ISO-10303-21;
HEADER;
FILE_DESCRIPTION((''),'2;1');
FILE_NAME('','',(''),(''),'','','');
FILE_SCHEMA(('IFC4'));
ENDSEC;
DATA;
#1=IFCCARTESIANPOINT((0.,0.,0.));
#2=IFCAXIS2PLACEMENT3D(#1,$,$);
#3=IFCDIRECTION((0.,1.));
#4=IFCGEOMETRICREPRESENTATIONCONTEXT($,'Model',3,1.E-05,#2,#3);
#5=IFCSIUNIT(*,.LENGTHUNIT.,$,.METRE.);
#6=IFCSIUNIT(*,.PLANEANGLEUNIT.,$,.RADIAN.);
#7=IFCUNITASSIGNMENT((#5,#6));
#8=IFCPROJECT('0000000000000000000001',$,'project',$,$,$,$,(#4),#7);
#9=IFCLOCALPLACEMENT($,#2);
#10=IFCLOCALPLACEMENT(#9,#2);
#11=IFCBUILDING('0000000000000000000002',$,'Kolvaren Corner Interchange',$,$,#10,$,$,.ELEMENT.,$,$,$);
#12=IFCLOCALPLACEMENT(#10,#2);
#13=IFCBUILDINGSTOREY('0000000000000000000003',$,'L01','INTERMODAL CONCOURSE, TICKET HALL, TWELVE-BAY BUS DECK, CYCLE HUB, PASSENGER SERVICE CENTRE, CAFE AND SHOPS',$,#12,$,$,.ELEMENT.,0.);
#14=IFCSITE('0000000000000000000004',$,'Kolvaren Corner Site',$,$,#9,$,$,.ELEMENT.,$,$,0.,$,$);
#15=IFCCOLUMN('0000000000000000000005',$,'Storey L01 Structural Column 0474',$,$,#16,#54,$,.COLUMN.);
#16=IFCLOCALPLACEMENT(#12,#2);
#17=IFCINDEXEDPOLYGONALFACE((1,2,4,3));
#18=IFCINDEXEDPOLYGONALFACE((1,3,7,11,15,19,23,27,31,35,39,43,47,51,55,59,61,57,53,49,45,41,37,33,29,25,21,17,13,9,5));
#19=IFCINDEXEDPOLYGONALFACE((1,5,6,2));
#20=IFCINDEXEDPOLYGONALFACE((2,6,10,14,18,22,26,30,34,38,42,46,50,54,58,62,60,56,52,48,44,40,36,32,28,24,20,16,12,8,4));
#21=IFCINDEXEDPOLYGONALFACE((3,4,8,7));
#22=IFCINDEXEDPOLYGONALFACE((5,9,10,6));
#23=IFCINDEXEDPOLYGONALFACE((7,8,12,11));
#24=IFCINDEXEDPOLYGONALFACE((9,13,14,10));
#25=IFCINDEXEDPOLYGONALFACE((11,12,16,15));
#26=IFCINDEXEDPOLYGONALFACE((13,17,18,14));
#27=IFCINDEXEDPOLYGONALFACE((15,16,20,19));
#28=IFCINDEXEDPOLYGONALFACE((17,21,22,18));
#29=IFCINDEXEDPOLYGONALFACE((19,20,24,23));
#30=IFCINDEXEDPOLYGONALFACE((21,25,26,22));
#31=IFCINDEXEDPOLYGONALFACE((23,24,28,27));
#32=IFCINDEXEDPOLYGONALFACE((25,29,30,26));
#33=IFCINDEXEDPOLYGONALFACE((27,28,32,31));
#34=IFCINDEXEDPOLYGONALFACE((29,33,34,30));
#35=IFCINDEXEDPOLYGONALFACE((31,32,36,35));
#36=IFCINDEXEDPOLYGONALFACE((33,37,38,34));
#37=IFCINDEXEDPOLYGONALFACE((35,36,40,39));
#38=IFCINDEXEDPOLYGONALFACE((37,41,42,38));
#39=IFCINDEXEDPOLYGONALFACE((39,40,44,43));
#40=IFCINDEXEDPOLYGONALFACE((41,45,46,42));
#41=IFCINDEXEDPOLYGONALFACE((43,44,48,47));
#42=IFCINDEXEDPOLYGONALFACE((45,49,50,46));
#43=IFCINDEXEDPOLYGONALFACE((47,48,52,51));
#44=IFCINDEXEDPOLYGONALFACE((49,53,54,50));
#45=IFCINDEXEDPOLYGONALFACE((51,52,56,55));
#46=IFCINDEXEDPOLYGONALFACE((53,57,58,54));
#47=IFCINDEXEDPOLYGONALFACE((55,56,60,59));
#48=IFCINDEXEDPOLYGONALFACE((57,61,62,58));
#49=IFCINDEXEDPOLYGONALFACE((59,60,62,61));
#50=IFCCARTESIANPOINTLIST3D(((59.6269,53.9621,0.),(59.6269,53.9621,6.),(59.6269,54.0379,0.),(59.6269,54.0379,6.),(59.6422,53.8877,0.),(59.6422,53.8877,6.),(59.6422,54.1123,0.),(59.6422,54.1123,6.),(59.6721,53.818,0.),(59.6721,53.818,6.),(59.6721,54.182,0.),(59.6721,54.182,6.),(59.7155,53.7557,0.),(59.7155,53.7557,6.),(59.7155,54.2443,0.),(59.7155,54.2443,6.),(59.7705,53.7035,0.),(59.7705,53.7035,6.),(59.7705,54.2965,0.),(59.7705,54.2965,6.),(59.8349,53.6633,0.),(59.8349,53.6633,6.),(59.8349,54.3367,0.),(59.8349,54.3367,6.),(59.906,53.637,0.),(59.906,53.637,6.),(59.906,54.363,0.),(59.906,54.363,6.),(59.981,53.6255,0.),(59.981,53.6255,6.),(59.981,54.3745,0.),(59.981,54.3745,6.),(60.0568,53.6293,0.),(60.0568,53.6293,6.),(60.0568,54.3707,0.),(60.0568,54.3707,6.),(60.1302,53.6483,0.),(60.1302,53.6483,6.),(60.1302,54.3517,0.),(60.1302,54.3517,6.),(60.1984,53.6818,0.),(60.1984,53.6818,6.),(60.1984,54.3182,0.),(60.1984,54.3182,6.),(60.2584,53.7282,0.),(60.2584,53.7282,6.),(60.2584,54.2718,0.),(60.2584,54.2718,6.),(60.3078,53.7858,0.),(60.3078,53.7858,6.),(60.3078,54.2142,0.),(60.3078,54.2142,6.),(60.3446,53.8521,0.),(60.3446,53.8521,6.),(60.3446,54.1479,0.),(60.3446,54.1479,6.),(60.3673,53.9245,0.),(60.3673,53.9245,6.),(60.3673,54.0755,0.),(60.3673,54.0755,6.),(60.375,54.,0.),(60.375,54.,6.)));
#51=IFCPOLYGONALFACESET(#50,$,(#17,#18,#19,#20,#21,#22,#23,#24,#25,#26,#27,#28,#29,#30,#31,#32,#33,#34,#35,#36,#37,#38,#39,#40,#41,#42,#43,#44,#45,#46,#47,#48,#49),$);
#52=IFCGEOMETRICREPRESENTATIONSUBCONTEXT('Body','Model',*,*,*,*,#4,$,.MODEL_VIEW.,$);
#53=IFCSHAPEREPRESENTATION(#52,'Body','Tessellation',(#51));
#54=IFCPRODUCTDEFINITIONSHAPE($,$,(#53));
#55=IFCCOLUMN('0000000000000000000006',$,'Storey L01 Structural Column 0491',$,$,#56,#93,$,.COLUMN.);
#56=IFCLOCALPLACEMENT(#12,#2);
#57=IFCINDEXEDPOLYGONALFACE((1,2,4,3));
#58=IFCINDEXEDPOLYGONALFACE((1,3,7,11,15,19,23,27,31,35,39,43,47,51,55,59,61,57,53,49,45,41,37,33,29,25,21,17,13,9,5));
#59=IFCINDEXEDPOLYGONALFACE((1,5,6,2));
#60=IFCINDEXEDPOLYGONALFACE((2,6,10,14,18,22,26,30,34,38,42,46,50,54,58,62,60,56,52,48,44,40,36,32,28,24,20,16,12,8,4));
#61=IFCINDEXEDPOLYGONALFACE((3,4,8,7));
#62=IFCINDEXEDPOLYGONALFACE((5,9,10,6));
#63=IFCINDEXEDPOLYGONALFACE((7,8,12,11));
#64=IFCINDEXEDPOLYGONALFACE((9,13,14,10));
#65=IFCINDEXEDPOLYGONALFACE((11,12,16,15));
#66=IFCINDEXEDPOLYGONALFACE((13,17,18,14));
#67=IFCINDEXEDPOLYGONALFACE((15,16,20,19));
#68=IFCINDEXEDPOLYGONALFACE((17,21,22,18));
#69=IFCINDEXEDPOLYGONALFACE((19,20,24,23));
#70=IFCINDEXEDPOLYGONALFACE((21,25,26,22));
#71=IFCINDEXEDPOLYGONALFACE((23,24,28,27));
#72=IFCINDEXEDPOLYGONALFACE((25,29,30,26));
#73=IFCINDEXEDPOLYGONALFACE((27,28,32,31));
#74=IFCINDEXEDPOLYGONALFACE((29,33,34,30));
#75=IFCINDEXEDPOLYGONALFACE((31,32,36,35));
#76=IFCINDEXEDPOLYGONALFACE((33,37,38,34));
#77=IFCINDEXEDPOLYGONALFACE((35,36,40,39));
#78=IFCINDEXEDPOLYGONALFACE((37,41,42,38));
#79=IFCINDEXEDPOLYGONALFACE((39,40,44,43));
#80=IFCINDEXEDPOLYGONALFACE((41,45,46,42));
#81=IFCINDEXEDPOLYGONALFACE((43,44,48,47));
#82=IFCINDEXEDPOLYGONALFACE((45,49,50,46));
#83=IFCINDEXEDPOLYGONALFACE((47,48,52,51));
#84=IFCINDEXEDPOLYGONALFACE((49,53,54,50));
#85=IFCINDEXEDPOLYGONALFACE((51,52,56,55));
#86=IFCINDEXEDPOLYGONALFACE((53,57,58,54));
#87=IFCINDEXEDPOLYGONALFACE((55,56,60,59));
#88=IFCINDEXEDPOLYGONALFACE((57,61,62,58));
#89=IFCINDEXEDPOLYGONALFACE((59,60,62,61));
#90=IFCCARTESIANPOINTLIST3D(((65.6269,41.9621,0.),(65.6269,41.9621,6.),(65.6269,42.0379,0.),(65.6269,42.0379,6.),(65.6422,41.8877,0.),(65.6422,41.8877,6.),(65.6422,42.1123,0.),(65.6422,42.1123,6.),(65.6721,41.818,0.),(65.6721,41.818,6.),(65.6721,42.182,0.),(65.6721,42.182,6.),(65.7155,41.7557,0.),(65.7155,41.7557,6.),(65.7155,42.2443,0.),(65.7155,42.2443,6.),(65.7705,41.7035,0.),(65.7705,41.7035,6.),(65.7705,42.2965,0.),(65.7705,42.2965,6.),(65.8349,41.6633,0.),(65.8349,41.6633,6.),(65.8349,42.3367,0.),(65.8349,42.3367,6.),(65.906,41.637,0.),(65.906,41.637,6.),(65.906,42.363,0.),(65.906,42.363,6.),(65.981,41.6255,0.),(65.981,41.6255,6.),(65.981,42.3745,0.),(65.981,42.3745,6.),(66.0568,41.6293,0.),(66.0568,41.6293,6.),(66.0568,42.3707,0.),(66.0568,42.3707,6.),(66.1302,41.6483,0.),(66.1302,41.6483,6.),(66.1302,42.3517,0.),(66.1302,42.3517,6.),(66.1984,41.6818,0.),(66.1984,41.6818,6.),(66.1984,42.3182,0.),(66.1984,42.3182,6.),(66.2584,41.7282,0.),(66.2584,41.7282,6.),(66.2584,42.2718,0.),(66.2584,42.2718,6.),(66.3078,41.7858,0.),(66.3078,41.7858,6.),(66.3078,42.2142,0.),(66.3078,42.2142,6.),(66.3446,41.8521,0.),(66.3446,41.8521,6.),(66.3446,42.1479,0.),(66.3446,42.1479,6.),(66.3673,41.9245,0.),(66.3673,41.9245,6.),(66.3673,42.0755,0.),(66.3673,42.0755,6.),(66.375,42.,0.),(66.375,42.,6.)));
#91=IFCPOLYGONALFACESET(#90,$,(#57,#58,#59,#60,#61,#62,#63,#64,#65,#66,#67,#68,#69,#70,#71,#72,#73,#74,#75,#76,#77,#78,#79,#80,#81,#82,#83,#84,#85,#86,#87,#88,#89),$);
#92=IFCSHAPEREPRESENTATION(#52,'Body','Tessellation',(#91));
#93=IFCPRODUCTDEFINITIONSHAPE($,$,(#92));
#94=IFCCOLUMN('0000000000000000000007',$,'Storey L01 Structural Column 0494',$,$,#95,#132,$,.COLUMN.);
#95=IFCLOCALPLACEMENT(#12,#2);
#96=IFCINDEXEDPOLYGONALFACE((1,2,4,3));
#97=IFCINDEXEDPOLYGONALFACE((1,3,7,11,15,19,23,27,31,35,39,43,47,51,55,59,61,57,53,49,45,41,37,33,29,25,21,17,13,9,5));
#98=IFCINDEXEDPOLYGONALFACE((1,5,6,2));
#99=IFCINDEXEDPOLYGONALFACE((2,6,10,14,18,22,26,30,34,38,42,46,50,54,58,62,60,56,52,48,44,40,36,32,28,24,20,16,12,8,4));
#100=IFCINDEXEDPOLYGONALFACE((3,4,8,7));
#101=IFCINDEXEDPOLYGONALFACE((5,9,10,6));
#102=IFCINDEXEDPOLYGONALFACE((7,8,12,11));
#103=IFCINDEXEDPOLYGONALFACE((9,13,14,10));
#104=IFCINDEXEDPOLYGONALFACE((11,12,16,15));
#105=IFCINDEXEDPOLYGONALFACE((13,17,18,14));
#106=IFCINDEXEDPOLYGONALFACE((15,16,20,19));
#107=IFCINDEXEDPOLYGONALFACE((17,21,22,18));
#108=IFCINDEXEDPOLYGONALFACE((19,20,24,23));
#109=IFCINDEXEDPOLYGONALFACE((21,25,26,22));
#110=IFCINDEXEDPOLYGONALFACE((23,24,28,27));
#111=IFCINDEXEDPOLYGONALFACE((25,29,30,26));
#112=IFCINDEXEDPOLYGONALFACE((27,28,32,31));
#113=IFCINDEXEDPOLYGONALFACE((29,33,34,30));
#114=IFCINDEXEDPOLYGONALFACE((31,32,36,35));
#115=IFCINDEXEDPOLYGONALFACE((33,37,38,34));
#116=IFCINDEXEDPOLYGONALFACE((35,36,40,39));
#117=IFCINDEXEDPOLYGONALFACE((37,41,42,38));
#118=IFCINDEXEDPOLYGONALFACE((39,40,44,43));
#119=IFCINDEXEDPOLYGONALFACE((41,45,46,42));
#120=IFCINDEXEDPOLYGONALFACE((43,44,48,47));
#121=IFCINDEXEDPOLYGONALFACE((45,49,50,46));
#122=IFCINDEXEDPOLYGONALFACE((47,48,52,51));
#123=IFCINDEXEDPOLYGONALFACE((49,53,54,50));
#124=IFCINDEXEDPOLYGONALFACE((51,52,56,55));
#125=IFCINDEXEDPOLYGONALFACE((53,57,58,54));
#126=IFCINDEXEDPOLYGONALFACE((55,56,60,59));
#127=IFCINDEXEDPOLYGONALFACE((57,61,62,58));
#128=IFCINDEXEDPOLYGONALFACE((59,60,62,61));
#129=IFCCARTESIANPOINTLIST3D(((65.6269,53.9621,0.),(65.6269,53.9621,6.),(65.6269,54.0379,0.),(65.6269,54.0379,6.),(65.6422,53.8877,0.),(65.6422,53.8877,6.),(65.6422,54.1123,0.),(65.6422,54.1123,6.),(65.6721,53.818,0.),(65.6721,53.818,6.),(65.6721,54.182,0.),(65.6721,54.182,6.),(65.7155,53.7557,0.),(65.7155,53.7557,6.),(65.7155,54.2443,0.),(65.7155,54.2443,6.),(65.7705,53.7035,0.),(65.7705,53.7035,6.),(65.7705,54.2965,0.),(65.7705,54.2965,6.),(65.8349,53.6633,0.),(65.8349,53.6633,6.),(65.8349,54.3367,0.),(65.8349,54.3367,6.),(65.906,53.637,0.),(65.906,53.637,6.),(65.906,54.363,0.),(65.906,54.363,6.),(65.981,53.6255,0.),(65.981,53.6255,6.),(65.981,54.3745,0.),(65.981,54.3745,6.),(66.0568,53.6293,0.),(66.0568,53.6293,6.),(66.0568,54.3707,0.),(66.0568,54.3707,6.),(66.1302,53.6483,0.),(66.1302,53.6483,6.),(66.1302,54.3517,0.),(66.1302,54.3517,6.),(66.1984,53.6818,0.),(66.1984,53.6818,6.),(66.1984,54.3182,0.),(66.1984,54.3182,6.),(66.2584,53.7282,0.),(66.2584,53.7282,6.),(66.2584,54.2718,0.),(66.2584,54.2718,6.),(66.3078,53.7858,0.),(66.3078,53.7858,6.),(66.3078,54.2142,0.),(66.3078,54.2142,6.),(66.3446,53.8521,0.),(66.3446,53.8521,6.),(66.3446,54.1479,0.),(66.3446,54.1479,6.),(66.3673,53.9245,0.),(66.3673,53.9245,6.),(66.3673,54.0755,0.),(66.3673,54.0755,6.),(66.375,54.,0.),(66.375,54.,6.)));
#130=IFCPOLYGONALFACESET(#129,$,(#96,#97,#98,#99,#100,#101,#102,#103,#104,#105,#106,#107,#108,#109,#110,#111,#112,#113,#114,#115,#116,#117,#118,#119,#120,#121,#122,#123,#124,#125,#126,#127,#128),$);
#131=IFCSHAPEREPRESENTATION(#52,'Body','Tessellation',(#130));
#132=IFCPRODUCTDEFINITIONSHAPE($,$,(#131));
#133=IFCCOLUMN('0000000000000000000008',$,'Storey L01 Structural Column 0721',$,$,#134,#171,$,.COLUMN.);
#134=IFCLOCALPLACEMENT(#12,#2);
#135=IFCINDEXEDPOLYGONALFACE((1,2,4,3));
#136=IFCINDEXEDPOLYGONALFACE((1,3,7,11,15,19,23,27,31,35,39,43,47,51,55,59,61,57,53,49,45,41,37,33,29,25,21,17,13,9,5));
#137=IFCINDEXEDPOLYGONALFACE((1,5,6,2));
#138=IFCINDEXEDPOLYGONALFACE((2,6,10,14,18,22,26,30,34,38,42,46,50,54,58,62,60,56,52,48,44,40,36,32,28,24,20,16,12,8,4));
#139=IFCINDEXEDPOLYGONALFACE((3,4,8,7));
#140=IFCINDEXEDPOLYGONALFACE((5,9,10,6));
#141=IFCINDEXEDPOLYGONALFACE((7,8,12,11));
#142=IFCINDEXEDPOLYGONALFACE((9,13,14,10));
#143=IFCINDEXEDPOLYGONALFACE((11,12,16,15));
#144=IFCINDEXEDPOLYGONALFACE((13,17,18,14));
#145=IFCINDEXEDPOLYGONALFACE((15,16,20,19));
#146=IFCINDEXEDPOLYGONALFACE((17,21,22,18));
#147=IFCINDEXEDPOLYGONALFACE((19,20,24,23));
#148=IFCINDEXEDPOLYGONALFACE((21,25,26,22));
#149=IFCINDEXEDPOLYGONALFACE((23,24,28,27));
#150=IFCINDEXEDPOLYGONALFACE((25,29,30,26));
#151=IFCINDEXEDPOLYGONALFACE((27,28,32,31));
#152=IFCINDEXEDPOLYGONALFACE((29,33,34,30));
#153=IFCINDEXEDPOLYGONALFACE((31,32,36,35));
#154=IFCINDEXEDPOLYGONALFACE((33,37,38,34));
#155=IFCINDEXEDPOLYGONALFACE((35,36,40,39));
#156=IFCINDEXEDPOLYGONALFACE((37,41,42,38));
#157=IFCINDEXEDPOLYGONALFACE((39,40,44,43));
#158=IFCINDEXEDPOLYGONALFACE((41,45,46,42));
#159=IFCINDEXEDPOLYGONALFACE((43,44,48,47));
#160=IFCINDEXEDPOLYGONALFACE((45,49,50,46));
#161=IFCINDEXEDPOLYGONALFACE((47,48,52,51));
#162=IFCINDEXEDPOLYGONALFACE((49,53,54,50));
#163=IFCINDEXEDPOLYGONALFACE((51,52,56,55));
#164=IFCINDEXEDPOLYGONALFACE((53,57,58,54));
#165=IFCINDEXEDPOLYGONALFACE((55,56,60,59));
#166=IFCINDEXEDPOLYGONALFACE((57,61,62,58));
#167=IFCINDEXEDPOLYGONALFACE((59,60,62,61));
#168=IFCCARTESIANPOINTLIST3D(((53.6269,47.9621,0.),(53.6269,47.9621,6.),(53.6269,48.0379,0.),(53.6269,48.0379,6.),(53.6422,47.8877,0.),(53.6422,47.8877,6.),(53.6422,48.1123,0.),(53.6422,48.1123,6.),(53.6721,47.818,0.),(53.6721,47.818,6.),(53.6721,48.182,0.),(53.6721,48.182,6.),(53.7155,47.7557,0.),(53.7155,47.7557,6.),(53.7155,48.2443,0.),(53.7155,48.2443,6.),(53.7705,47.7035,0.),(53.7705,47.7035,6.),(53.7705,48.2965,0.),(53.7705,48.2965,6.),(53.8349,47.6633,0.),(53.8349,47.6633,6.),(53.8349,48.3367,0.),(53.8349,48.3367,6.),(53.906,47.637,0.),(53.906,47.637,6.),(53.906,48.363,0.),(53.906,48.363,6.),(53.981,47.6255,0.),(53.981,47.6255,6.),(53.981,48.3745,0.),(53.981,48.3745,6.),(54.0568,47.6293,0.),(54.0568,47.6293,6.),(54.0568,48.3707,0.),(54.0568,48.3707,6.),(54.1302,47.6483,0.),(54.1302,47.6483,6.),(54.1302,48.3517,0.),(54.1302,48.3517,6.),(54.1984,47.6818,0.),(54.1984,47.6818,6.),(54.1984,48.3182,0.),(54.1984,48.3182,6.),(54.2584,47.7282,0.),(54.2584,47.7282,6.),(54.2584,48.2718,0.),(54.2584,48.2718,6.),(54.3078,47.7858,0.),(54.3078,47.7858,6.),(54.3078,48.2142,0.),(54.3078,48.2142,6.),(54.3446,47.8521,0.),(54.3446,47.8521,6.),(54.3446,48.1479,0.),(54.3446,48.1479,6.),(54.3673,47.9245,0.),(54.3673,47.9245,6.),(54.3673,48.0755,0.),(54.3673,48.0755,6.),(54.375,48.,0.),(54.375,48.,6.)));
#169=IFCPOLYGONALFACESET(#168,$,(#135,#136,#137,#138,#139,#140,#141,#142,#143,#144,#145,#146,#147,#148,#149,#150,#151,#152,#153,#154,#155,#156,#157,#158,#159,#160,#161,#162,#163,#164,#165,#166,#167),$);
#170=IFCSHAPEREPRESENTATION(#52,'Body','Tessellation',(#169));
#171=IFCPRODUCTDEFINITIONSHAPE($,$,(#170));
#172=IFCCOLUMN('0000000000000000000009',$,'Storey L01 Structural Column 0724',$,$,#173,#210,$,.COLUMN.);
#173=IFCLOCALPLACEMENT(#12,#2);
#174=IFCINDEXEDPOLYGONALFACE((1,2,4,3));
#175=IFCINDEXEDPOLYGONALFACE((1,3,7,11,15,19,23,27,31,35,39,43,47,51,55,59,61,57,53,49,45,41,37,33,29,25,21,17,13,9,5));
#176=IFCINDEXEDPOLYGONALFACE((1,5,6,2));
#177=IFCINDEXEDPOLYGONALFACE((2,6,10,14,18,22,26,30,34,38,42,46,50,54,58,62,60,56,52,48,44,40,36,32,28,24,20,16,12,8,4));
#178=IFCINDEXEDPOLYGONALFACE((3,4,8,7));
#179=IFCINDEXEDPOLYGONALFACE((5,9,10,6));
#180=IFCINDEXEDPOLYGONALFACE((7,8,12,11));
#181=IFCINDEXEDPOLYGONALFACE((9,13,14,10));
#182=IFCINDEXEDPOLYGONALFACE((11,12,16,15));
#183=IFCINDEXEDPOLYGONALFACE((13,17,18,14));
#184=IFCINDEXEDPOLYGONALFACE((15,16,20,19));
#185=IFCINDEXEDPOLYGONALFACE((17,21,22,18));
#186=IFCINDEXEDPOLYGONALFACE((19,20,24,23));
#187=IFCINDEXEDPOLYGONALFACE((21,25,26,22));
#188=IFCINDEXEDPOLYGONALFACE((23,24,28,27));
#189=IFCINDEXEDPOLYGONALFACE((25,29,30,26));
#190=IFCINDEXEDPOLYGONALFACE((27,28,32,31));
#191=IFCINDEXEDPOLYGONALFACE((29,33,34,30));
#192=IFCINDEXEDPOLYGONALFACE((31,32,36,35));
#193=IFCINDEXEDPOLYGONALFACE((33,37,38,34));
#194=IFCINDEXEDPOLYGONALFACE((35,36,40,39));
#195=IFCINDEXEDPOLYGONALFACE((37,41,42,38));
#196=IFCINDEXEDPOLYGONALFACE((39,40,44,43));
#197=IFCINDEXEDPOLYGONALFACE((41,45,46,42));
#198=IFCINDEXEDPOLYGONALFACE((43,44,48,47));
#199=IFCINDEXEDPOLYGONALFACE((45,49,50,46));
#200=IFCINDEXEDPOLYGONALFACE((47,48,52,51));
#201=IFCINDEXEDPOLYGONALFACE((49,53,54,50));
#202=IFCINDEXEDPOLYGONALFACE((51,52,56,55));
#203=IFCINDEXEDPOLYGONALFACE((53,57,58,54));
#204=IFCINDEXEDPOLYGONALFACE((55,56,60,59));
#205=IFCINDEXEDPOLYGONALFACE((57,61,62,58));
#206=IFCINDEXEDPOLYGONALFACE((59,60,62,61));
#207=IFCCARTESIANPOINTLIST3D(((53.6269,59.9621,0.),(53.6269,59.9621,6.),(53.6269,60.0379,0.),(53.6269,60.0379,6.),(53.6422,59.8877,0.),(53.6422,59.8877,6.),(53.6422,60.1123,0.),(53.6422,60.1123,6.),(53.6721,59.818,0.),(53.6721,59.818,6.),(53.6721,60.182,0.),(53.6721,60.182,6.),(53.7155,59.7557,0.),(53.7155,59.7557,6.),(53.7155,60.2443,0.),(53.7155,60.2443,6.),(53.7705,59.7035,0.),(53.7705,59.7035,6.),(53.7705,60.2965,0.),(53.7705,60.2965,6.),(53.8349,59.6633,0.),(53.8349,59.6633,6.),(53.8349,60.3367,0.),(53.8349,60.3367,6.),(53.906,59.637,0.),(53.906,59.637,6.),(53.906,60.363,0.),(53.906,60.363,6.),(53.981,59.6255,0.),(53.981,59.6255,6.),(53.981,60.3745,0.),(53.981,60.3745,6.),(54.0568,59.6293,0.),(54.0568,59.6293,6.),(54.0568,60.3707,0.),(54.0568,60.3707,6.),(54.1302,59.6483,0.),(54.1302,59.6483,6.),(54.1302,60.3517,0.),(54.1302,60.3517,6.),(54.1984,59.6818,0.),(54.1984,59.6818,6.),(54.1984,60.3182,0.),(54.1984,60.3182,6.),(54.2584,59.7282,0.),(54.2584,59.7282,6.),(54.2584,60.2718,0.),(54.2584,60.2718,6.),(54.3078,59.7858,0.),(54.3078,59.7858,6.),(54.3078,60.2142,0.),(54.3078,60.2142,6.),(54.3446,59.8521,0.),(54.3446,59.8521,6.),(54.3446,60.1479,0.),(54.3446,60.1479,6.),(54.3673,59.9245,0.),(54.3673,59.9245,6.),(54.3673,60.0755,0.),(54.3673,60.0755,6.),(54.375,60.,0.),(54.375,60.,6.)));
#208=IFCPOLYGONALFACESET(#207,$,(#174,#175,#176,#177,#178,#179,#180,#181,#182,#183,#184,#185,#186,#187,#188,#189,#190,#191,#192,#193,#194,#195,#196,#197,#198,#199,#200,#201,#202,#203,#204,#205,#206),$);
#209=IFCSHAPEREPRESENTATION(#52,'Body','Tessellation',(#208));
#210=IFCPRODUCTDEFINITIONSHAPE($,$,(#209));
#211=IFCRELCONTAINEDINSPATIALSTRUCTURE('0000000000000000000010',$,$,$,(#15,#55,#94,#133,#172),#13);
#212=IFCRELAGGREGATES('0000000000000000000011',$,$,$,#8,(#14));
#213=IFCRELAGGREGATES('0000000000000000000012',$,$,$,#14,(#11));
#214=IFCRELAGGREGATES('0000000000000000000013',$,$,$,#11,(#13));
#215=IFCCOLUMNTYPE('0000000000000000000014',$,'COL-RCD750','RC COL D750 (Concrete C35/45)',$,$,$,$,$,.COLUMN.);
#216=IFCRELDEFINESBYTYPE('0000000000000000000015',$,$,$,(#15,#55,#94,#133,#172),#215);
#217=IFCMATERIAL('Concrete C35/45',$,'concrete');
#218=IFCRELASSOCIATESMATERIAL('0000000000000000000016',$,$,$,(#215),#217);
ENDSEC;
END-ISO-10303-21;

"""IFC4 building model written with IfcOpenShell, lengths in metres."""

from ifc_helpers import new_model, si_unit, direction, frame, origin, origin_2d, place, context, subcontext, project, spatial, circle, extrude, material, material_profile, profile_set, type_object, element, save


model = new_model("IFC4")

# Units and contexts
model_context = context("Model", 3, precision=1e-05, world=origin(), true_north=direction((0.0, 1.0)))
body_context = subcontext(model_context, "Body", "Model", "MODEL_VIEW")
ifc_project = project(units=[si_unit("LENGTHUNIT", "METRE"), si_unit("PLANEANGLEUNIT", "RADIAN")], contexts=[model_context])

# Site, building, storey
site_placement = place(None, origin())
site = spatial("IfcSite", under=ifc_project, at=site_placement, Name="Kolvaren Corner Site", CompositionType="ELEMENT", RefElevation=0.0)
building_placement = place(site_placement, origin())
building = spatial("IfcBuilding", under=site, at=building_placement, Name="Kolvaren Corner Interchange", CompositionType="ELEMENT")
storey_placement = place(building_placement, origin())
storey = spatial("IfcBuildingStorey", under=building, at=storey_placement, Name="L01", Description="INTERMODAL CONCOURSE, TICKET HALL, TWELVE-BAY BUS DECK, CYCLE HUB, PASSENGER SERVICE CENTRE, CAFE AND SHOPS", CompositionType="ELEMENT", Elevation=0.0)

# Columns
ifc_material_1 = material(Name="Concrete C35/45", Category="concrete")
ifc_material_profile_1 = material_profile(ifc_material_1, circle(Radius=0.375, at=origin_2d()), Name="RC COL D750")
ifc_profile_set_1 = profile_set([ifc_material_profile_1], Name="Concrete C35/45")
column_type = type_object("IfcColumnType", Name="COL-RCD750", Description="RC COL D750 (Concrete C35/45)", PredefinedType="COLUMN", material=ifc_profile_set_1)
for number, where, z_axis, x_axis, name in (
    (1, (60.0, 54.0, 0.0), (0.0, 0.0, 1.0), (1.0, 0.0, 0.0), "Storey L01 Structural Column 0474"),
    (2, (66.0, 42.0, 0.0), (0.0, 0.0, 1.0), (1.0, 0.0, 0.0), "Storey L01 Structural Column 0491"),
    (3, (66.0, 54.0, 0.0), (0.0, 0.0, 1.0), (1.0, 0.0, 0.0), "Storey L01 Structural Column 0494"),
    (4, (54.0, 48.0, 0.0), (0.0, 0.0, 1.0), (1.0, 0.0, 0.0), "Storey L01 Structural Column 0721"),
    (5, (54.0, 60.0, 0.0), (0.0, 0.0, 1.0), (1.0, 0.0, 0.0), "Storey L01 Structural Column 0724"),
):
    element("IfcColumn", number, at=place(storey_placement, frame(where, z_axis=z_axis, x_axis=x_axis)), inside=storey, type_object=column_type, Name=name, PredefinedType="COLUMN", context=body_context, shape_type="SweptSolid", body=[
        extrude(circle(Radius=0.375, at=origin_2d()), origin(), (0.0, 0.0, 1.0), 6.0),
    ])

save(model, "model.ifc")
